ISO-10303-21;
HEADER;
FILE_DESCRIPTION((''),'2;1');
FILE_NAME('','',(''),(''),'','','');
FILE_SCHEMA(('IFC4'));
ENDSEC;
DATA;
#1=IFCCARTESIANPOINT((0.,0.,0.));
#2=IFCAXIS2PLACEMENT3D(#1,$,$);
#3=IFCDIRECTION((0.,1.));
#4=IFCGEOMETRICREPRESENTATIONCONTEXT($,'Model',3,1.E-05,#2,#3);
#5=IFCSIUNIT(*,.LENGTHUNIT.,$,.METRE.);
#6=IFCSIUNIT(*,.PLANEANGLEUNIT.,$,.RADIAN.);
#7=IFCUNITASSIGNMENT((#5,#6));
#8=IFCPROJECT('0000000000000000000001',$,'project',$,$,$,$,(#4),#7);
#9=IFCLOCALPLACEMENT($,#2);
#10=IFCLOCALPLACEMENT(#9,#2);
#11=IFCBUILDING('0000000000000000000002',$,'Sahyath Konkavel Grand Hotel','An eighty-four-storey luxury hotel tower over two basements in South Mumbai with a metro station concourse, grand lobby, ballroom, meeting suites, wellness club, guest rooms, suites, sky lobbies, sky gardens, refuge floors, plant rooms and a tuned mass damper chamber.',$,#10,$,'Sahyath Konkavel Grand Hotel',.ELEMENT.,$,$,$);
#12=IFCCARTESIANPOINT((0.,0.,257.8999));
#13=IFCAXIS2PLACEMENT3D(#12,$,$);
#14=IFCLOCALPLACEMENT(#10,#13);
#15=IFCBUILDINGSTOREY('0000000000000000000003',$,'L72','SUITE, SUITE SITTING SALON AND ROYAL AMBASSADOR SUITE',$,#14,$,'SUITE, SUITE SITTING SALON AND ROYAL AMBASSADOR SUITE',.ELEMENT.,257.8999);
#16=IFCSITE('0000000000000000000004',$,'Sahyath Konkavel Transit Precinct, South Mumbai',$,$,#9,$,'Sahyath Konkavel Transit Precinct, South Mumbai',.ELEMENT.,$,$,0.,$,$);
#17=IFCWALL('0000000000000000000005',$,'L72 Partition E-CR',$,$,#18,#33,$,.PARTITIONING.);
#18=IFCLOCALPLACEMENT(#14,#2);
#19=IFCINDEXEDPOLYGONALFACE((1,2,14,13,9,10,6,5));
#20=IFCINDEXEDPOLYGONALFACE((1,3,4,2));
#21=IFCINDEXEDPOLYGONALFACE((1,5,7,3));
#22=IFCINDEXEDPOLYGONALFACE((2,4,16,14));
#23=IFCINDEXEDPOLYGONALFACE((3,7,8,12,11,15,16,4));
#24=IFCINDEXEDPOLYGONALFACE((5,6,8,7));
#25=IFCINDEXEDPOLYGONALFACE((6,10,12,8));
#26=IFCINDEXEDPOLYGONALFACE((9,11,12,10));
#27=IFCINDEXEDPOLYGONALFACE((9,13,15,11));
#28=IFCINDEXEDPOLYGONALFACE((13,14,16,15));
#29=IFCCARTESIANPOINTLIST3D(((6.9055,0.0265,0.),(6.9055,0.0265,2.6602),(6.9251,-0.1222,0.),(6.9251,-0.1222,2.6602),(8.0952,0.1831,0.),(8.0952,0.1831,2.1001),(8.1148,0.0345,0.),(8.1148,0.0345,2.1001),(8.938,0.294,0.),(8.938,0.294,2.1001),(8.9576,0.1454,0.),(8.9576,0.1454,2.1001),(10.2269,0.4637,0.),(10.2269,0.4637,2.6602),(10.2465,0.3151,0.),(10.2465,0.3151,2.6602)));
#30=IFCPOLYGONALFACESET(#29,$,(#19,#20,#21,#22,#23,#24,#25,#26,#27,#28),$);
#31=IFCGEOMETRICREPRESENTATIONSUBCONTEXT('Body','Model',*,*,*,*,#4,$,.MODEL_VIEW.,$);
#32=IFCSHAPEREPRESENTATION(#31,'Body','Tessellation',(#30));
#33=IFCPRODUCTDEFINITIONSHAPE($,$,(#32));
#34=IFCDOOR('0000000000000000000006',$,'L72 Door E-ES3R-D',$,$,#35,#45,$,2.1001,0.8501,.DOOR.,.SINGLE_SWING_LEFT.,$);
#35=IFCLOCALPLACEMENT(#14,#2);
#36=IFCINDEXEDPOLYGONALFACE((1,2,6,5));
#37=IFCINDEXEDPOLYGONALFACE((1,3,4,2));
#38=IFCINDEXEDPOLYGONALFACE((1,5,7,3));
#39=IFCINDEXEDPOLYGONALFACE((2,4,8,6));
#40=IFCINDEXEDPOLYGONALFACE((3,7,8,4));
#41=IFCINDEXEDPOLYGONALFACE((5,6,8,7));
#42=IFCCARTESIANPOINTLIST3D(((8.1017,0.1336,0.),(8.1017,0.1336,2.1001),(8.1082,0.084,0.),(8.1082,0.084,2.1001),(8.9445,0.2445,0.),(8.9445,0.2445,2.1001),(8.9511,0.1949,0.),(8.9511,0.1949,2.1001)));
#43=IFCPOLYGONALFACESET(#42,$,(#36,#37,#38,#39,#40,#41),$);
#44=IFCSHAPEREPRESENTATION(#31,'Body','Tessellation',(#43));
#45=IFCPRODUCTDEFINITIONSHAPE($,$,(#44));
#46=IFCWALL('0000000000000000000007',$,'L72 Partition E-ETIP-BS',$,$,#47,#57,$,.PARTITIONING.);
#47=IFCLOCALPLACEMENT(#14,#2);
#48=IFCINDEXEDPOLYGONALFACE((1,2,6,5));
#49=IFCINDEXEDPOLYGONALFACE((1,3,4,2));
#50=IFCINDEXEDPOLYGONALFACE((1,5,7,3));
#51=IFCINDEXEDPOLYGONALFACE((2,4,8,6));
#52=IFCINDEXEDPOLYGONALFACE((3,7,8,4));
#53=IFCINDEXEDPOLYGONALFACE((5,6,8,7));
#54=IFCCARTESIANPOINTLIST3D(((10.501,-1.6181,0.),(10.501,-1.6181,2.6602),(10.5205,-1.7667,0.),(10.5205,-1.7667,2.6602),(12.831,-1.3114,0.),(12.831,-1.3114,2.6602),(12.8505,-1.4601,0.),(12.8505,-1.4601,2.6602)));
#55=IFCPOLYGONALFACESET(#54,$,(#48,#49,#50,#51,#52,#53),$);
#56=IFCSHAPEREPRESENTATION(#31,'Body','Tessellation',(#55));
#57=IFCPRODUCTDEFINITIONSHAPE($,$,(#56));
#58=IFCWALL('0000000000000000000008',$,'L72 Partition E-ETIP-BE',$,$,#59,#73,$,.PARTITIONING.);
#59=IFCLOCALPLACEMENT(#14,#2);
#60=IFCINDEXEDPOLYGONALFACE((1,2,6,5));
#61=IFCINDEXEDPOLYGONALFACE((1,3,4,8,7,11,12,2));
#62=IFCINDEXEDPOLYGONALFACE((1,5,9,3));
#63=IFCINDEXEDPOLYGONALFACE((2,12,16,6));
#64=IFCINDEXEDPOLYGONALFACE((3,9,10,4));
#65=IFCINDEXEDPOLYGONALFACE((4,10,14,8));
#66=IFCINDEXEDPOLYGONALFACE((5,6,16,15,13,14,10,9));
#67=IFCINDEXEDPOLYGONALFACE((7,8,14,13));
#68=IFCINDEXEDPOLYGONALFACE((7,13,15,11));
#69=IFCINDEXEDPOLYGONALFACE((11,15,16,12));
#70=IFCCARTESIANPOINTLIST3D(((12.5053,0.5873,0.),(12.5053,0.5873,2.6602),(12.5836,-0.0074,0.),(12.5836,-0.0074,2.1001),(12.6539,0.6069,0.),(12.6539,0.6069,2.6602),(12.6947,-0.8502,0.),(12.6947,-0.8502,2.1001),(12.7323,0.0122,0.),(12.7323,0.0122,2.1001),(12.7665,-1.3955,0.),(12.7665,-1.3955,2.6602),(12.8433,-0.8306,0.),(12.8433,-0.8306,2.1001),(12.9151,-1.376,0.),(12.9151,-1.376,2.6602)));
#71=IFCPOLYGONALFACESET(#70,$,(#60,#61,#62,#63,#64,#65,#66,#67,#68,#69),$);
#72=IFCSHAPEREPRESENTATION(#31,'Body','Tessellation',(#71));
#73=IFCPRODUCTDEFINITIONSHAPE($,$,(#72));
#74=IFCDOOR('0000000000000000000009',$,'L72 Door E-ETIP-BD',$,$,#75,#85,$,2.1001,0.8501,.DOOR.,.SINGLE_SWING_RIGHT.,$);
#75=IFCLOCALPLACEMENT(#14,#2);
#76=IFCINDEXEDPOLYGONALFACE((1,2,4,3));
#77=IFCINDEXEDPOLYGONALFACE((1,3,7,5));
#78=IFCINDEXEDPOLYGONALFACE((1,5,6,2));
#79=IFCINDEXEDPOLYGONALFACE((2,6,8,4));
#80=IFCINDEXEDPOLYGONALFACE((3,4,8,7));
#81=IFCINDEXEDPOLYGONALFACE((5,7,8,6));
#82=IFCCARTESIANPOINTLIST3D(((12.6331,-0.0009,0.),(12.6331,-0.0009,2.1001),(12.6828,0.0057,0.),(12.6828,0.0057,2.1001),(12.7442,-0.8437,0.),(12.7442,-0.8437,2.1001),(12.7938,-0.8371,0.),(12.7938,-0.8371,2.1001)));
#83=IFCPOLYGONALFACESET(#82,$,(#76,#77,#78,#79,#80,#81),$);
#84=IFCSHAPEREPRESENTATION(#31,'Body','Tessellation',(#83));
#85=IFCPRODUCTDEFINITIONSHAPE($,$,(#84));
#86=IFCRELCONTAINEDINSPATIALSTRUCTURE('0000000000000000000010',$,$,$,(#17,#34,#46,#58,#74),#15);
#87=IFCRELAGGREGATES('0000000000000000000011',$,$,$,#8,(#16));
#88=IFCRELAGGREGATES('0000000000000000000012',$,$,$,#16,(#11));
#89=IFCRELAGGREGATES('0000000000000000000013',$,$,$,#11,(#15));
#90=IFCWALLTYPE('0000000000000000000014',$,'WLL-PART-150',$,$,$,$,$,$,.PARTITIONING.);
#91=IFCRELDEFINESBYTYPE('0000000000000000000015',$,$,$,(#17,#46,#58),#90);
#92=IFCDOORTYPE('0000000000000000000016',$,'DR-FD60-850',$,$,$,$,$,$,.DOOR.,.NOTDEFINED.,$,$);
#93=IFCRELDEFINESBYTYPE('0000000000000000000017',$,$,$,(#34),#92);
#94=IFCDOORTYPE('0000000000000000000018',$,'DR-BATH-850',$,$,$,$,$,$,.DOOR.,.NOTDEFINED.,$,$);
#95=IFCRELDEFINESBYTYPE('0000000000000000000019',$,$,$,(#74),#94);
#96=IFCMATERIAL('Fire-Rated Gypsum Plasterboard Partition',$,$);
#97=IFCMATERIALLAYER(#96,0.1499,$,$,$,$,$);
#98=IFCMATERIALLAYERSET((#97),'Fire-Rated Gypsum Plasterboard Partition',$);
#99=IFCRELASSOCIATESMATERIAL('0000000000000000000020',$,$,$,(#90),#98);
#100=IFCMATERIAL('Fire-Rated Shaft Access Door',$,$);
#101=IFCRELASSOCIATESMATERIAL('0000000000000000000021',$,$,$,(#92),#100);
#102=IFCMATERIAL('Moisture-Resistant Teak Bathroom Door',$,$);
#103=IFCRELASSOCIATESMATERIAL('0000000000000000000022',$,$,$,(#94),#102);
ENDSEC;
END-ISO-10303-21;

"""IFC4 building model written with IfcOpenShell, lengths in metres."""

from ifc_helpers import new_model, si_unit, direction, frame, frame_2d, origin, origin_2d, place, context, subcontext, project, spatial, rectangle, extrude, source, transform, mapped, material, layer, layer_set, type_object, element, fill, save


model = new_model("IFC4")

# Units and contexts
model_context = context("Model", 3, precision=1e-05, world=origin(), true_north=direction((0.0, 1.0)))
body_context = subcontext(model_context, "Body", "Model", "MODEL_VIEW")
ifc_project = project(units=[si_unit("LENGTHUNIT", "METRE"), si_unit("PLANEANGLEUNIT", "RADIAN")], contexts=[model_context])

# Site, building, storey
site_placement = place(None, origin())
site = spatial("IfcSite", under=ifc_project, at=site_placement, Name="Sahyath Konkavel Transit Precinct, South Mumbai", LongName="Sahyath Konkavel Transit Precinct, South Mumbai", CompositionType="ELEMENT", RefElevation=0.0)
building_placement = place(site_placement, origin())
building = spatial("IfcBuilding", under=site, at=building_placement, Name="Sahyath Konkavel Grand Hotel", Description="An eighty-four-storey luxury hotel tower over two basements in South Mumbai with a metro station concourse, grand lobby, ballroom, meeting suites, wellness club, guest rooms, suites, sky lobbies, sky gardens, refuge floors, plant rooms and a tuned mass damper chamber.", LongName="Sahyath Konkavel Grand Hotel", CompositionType="ELEMENT")
storey_placement = place(building_placement, frame((0.0, 0.0, 257.8999)))
storey = spatial("IfcBuildingStorey", under=building, at=storey_placement, Name="L72", Description="SUITE, SUITE SITTING SALON AND ROYAL AMBASSADOR SUITE", LongName="SUITE, SUITE SITTING SALON AND ROYAL AMBASSADOR SUITE", CompositionType="ELEMENT", Elevation=257.8999)

# Wall, opening, door
ifc_material_1 = material(Name="Fire-Rated Gypsum Plasterboard Partition")
ifc_layer_1 = layer(ifc_material_1, 0.1499)
ifc_layer_set_1 = layer_set([ifc_layer_1], Name="Fire-Rated Gypsum Plasterboard Partition")
wall_type_1 = type_object("IfcWallType", Name="WLL-PART-150", PredefinedType="PARTITIONING", material=ifc_layer_set_1)
wall_1_placement = place(storey_placement, frame((6.9153, -0.0479, 0.0), z_axis=(0.0, 0.0, 1.0), x_axis=(0.991446, 0.130517, 0.0)))
wall_1 = element("IfcWall", 1, at=wall_1_placement, inside=storey, type_object=wall_type_1, Name="L72 Partition E-CR", PredefinedType="PARTITIONING", context=body_context, shape_type="SweptSolid", body=[
    extrude(rectangle(XDim=3.3501, YDim=0.1499, at=frame_2d((1.675, 0.0))), origin(), (0.0, 0.0, 1.0), 2.6602),
])
opening_1_placement = place(wall_1_placement, frame((1.2, 0.0, 0.0)))
opening_1 = element("IfcOpeningElement", 2, at=opening_1_placement, cuts=wall_1, PredefinedType="OPENING", context=body_context, shape_type="SweptSolid", body=[
    extrude(rectangle(XDim=0.8501, YDim=2.1001, at=frame_2d((0.425, 1.05))), frame((0.0, 0.085, 0.0), z_axis=(0.0, -1.0, 0.0), x_axis=(1.0, 0.0, 0.0)), (0.0, 0.0, 1.0), 0.1699),
])
ifc_material_2 = material(Name="Fire-Rated Shaft Access Door")
door_type_1 = type_object("IfcDoorType", Name="DR-FD60-850", OperationType="NOTDEFINED", PredefinedType="DOOR", material=ifc_material_2)
shared_shape_1 = source(origin(), body_context, "Body", "SweptSolid", [
    extrude(rectangle(XDim=0.8501, YDim=0.05, at=origin_2d()), origin(), (0.0, 0.0, 1.0), 2.1001),
])
door_1_placement = place(opening_1_placement, frame((0.425, 0.0, 0.0)))
door_1 = element("IfcDoor", 3, at=door_1_placement, inside=storey, type_object=door_type_1, Name="L72 Door E-ES3R-D", OperationType="SINGLE_SWING_LEFT", OverallHeight=2.1001, OverallWidth=0.8501, PredefinedType="DOOR", context=body_context, shape_type="MappedRepresentation", body=[
    mapped(shared_shape_1, transform((0.0, 0.0, 0.0), scale=1.0)),
])
fill(opening_1, door_1)

# Wall
wall_2_placement = place(storey_placement, frame((10.5107, -1.6924, 0.0), z_axis=(0.0, 0.0, 1.0), x_axis=(0.991451, 0.130476, 0.0)))
element("IfcWall", 4, at=wall_2_placement, inside=storey, type_object=wall_type_1, Name="L72 Partition E-ETIP-BS", PredefinedType="PARTITIONING", context=body_context, shape_type="SweptSolid", body=[
    extrude(rectangle(XDim=2.3501, YDim=0.1499, at=frame_2d((1.175, 0.0))), origin(), (0.0, 0.0, 1.0), 2.6602),
])

# Wall, opening, door
wall_3_placement = place(storey_placement, frame((12.8408, -1.3857, 0.0), z_axis=(0.0, 0.0, 1.0), x_axis=(-0.130612, 0.991434, 0.0)))
wall_3 = element("IfcWall", 5, at=wall_3_placement, inside=storey, type_object=wall_type_1, Name="L72 Partition E-ETIP-BE", PredefinedType="PARTITIONING", context=body_context, shape_type="SweptSolid", body=[
    extrude(rectangle(XDim=2.0, YDim=0.1499, at=frame_2d((1.0, 0.0))), origin(), (0.0, 0.0, 1.0), 2.6602),
])
opening_2_placement = place(wall_3_placement, frame((0.55, 0.0, 0.0)))
opening_2 = element("IfcOpeningElement", 6, at=opening_2_placement, cuts=wall_3, PredefinedType="OPENING", context=body_context, shape_type="SweptSolid", body=[
    extrude(rectangle(XDim=0.8501, YDim=2.1001, at=frame_2d((0.425, 1.05))), frame((0.0, 0.085, 0.0), z_axis=(0.0, -1.0, 0.0), x_axis=(1.0, 0.0, 0.0)), (0.0, 0.0, 1.0), 0.1699),
])
ifc_material_3 = material(Name="Moisture-Resistant Teak Bathroom Door")
door_type_2 = type_object("IfcDoorType", Name="DR-BATH-850", OperationType="NOTDEFINED", PredefinedType="DOOR", material=ifc_material_3)
door_2_placement = place(opening_2_placement, frame((0.425, 0.0, 0.0)))
door_2 = element("IfcDoor", 7, at=door_2_placement, inside=storey, type_object=door_type_2, Name="L72 Door E-ETIP-BD", OperationType="SINGLE_SWING_RIGHT", OverallHeight=2.1001, OverallWidth=0.8501, PredefinedType="DOOR", context=body_context, shape_type="MappedRepresentation", body=[
    mapped(shared_shape_1, transform((0.0, 0.0, 0.0), scale=1.0)),
])
fill(opening_2, door_2)

save(model, "model.ifc")
